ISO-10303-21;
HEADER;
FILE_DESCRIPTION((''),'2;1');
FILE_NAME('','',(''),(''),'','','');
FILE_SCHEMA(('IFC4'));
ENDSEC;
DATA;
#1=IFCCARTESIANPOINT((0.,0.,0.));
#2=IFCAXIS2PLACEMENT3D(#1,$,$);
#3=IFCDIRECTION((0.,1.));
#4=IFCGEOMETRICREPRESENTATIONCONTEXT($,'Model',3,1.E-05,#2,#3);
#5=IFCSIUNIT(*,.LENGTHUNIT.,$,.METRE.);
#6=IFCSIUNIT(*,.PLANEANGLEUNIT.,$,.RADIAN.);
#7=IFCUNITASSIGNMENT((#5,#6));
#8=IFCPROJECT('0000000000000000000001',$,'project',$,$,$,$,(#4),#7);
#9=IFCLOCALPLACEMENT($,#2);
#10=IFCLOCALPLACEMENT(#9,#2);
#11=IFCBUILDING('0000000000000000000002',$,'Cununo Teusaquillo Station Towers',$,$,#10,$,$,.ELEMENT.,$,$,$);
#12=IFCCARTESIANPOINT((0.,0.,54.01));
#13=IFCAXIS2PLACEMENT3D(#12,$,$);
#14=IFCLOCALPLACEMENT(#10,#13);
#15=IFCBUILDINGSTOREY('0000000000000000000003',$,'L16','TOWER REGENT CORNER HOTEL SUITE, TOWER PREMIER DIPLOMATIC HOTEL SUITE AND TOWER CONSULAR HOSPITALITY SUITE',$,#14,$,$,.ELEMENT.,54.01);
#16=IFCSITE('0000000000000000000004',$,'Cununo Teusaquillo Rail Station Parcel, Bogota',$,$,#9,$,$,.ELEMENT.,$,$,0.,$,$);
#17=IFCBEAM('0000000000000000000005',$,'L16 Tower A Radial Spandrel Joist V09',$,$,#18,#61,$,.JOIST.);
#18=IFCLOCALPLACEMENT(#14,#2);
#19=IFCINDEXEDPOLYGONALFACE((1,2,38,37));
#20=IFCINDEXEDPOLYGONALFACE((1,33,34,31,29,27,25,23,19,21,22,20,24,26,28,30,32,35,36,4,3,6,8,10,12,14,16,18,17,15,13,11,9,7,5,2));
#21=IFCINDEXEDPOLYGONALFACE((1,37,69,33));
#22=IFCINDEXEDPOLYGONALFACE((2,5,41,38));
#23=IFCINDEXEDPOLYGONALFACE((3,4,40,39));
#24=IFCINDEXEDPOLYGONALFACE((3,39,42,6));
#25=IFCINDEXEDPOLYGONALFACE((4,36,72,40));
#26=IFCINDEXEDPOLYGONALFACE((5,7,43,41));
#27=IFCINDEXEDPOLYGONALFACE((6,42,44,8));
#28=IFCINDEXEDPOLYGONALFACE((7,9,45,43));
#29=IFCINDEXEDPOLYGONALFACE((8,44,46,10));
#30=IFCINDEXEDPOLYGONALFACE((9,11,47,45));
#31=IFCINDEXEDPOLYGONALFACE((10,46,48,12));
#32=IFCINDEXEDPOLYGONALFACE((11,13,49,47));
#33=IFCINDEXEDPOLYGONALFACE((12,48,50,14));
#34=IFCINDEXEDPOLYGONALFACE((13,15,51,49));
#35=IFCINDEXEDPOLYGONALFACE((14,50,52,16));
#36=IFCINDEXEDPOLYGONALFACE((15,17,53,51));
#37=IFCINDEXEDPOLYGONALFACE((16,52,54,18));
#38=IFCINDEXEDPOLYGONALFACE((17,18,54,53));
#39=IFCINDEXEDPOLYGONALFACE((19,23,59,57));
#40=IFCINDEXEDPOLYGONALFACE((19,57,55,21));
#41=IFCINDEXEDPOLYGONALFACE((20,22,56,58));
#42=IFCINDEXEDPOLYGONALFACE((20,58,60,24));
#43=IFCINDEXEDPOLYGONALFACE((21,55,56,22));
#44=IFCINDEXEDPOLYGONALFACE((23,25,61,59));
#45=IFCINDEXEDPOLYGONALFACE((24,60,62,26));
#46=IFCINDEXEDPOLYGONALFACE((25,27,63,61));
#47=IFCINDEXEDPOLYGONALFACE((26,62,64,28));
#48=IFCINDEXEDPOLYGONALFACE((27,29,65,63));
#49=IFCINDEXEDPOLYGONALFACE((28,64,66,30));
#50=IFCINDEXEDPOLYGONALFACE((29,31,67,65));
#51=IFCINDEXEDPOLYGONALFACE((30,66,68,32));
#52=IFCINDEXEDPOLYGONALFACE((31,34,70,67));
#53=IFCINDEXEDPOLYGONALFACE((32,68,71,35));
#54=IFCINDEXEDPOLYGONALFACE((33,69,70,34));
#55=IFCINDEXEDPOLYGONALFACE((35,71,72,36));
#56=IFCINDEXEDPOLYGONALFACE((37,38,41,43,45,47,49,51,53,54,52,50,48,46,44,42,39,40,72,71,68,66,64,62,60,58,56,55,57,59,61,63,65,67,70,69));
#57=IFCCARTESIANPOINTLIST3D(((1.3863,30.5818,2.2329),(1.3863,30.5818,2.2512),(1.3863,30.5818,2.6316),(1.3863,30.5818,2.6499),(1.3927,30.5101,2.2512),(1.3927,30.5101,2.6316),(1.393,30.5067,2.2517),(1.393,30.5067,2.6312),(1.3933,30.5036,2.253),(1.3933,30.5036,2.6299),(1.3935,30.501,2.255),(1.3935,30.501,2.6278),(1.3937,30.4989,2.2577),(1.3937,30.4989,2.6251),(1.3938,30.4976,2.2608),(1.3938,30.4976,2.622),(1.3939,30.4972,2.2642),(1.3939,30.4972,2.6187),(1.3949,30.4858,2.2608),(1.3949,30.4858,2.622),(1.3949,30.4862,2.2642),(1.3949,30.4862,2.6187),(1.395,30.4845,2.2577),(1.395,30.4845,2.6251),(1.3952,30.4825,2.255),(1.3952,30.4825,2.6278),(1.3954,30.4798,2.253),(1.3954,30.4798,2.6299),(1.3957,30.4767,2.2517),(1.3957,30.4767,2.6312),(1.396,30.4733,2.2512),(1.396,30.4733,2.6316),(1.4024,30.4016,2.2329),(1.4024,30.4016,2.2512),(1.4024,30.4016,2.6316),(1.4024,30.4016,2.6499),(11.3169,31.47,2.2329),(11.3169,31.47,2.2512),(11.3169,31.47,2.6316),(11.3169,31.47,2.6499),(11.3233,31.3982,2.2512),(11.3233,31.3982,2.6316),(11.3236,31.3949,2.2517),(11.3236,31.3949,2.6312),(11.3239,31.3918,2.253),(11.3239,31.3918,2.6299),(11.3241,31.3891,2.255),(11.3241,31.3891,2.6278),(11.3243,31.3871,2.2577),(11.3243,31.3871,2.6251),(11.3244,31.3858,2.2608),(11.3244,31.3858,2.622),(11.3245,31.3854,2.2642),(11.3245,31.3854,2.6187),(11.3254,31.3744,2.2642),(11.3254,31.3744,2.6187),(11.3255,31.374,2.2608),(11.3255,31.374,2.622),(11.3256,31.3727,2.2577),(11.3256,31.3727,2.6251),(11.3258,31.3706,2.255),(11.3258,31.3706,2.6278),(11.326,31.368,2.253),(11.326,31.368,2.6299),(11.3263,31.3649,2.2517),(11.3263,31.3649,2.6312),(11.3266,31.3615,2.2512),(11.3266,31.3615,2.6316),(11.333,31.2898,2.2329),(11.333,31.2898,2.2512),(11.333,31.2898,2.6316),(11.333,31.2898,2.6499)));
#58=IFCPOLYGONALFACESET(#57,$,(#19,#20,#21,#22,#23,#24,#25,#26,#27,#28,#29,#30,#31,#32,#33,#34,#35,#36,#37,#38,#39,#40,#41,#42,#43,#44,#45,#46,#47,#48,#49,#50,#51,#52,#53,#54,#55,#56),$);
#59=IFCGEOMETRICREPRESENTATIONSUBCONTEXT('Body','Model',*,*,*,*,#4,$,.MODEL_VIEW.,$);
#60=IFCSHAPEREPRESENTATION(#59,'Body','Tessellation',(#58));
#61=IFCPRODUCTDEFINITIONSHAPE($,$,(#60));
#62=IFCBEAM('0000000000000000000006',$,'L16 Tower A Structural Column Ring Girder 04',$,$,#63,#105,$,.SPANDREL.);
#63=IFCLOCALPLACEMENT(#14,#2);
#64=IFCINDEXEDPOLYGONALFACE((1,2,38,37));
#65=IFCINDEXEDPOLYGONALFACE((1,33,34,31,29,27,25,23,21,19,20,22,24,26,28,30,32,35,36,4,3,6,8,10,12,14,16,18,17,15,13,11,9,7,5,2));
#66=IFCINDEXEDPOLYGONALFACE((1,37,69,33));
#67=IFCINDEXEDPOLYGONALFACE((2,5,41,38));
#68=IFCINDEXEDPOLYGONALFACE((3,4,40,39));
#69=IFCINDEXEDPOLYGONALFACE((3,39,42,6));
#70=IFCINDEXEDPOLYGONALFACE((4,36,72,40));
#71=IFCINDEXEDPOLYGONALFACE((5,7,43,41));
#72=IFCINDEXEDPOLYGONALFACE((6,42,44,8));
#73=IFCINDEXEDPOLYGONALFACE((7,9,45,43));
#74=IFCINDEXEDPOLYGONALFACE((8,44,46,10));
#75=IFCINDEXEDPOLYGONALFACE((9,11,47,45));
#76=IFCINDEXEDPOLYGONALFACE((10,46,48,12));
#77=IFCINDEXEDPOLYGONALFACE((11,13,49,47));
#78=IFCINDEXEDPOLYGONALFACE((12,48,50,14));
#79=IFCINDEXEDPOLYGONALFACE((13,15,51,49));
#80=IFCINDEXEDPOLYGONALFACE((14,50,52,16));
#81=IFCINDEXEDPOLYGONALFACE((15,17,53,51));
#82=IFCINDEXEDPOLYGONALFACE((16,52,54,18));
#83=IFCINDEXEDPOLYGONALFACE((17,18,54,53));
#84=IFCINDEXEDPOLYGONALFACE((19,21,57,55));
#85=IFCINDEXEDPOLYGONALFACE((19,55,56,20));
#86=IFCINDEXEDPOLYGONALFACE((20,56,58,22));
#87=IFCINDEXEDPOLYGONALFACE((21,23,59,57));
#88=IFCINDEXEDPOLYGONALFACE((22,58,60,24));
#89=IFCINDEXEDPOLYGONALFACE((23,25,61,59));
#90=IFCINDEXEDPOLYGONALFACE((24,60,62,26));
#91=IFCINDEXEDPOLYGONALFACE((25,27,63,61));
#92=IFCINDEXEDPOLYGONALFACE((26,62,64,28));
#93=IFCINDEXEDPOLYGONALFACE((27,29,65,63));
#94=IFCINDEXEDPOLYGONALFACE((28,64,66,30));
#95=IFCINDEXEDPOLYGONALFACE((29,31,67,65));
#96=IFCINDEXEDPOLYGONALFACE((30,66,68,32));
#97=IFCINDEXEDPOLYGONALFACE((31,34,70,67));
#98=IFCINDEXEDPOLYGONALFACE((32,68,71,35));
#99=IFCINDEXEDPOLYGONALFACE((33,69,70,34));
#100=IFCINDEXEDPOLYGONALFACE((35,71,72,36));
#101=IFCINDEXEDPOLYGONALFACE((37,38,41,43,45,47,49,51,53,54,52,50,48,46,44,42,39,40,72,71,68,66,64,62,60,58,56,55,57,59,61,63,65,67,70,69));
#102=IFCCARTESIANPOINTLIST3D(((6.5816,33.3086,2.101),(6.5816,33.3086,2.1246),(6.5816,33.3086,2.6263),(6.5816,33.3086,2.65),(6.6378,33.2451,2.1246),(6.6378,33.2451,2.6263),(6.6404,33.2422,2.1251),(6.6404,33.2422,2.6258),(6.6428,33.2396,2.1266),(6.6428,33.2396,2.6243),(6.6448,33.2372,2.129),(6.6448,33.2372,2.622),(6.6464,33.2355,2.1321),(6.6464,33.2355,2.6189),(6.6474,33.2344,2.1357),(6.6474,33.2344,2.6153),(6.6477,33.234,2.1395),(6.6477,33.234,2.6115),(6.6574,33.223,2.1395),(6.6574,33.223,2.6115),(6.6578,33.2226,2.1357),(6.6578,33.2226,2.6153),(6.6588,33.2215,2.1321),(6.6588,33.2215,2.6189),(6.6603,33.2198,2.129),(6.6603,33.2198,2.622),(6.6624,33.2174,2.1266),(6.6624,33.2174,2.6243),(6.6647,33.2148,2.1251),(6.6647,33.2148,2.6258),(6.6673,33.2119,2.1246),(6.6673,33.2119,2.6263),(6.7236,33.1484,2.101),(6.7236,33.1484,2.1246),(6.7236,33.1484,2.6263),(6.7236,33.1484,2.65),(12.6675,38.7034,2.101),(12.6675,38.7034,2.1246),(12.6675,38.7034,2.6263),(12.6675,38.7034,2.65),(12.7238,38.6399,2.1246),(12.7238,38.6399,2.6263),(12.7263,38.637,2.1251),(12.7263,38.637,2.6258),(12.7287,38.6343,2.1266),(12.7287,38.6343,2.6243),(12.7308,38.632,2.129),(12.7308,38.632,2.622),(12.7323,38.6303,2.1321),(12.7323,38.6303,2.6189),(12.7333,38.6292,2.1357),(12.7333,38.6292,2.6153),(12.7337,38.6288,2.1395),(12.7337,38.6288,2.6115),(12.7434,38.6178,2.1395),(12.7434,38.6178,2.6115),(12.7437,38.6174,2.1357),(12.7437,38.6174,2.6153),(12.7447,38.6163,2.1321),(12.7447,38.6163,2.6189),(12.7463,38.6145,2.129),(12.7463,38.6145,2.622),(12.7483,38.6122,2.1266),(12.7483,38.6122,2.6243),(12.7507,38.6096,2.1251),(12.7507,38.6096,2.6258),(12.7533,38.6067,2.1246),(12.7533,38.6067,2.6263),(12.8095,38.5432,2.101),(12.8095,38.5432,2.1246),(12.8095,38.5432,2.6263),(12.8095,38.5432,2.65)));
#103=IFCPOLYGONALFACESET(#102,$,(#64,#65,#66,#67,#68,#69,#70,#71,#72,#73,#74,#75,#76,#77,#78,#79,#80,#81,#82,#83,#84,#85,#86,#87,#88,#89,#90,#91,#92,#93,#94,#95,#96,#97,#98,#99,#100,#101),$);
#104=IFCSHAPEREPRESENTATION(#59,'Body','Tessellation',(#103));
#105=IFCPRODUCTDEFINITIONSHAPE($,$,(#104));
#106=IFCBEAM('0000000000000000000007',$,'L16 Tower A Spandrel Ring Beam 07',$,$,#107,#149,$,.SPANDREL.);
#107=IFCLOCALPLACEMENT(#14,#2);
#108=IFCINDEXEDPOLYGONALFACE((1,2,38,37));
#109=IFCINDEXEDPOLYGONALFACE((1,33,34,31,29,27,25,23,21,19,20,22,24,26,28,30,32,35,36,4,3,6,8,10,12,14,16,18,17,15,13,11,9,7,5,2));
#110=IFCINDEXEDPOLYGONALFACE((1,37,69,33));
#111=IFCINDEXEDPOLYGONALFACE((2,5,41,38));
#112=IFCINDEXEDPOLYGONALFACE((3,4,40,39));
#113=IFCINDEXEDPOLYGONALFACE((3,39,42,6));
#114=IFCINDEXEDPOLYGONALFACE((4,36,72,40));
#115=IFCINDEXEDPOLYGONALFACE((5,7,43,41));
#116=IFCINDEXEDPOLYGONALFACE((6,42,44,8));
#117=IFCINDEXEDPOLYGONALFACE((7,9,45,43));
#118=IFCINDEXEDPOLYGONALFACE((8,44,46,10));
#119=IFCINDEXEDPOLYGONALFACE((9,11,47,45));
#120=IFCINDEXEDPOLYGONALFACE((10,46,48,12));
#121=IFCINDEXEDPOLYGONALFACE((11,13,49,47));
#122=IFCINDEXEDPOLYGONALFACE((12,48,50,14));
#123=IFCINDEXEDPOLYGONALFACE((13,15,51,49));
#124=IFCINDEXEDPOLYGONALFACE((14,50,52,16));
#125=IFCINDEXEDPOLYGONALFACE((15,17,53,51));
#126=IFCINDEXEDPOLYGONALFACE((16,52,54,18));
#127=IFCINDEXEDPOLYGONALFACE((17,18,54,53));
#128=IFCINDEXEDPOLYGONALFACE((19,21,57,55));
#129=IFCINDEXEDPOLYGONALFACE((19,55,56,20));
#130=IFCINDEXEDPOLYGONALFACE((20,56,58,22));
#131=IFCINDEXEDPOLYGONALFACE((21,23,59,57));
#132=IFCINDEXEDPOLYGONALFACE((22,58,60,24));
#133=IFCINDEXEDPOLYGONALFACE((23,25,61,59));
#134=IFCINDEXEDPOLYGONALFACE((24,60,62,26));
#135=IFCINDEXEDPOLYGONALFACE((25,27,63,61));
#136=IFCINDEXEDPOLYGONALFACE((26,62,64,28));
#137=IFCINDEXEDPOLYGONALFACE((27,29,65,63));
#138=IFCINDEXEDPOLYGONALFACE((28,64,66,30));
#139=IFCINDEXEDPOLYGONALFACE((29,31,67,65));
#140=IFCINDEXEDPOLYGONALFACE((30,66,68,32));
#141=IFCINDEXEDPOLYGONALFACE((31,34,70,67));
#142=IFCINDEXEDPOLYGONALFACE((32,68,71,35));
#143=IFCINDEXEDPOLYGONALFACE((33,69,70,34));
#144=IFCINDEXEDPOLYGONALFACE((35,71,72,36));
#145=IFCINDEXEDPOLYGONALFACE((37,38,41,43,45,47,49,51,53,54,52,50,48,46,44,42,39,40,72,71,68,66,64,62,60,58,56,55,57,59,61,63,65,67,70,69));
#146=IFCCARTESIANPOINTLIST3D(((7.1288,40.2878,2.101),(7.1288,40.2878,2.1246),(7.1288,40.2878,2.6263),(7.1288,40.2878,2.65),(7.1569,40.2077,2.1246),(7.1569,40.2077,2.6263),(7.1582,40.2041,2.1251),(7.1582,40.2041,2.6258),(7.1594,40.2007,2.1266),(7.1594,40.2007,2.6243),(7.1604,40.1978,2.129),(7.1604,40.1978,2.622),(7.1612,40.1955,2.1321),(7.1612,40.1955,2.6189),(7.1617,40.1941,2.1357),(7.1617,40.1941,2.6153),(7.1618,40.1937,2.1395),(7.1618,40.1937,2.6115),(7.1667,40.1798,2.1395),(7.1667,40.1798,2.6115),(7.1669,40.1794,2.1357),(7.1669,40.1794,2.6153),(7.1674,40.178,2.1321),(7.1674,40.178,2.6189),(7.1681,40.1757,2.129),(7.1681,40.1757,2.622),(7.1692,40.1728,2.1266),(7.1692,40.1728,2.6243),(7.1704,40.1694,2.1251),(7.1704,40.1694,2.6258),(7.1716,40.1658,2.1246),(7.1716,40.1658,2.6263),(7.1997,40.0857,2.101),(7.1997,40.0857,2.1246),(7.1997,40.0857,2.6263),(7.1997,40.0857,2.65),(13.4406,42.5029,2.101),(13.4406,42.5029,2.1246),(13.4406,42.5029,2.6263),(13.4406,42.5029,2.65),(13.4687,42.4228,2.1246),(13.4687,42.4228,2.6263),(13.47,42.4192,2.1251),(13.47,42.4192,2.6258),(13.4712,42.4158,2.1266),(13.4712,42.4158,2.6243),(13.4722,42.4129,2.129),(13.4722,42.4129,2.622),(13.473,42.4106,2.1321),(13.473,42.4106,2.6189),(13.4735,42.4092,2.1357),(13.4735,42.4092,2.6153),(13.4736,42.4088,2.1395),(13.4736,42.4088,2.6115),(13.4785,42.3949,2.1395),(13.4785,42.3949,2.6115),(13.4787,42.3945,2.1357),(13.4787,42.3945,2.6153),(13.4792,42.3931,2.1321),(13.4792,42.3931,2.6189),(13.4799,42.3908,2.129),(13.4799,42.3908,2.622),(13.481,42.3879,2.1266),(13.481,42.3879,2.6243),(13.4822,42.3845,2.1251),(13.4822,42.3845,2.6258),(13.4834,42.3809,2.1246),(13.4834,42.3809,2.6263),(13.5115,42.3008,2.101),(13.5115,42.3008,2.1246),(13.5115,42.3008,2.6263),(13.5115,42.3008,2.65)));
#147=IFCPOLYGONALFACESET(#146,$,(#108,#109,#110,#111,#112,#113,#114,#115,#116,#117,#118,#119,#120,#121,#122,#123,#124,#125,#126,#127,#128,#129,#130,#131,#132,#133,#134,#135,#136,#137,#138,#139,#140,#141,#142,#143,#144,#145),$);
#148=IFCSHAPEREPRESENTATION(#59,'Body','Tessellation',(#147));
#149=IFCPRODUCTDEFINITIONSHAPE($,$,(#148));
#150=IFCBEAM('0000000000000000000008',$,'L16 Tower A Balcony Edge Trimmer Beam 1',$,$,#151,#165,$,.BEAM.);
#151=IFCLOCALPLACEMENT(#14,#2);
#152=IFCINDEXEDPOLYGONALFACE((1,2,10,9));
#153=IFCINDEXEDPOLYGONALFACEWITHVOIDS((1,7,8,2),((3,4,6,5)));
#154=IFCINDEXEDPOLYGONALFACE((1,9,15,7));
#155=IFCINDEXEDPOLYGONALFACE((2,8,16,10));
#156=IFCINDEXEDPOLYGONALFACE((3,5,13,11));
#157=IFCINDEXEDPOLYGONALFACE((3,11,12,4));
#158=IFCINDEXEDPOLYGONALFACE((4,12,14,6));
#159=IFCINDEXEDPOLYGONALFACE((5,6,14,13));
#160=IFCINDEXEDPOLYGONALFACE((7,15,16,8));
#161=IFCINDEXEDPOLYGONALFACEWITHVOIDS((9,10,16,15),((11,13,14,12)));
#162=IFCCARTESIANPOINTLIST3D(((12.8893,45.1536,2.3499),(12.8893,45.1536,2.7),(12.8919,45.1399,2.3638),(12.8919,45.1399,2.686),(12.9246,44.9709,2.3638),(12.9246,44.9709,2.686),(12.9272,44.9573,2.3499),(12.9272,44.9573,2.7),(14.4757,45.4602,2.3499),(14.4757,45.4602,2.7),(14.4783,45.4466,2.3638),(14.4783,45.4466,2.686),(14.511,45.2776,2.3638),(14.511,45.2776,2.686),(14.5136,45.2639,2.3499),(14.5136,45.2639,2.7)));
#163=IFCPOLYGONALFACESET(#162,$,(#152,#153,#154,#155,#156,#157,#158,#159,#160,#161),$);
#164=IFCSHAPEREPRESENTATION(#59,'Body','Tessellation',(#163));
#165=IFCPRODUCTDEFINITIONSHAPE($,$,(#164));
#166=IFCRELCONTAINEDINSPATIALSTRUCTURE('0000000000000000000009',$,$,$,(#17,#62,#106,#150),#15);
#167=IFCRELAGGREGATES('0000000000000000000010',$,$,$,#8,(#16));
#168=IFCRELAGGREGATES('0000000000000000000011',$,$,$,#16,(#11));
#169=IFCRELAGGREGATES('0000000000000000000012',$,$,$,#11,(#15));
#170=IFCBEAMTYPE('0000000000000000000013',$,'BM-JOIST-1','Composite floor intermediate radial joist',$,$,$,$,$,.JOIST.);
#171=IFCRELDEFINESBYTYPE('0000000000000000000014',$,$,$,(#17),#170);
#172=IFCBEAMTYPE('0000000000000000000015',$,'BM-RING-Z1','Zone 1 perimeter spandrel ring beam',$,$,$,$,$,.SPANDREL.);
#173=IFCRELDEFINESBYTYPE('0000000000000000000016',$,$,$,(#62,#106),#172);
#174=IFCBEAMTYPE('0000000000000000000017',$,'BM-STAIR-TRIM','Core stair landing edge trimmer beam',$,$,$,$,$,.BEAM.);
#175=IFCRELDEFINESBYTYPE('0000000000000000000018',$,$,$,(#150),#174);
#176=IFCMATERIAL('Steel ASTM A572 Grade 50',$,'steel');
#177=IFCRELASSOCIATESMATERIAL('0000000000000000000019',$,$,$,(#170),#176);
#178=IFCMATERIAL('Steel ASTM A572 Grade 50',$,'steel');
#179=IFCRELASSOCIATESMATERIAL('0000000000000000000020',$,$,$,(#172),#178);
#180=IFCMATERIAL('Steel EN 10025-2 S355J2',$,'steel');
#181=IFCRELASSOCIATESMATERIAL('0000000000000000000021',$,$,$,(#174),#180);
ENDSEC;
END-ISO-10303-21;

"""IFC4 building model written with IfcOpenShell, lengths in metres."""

from ifc_helpers import new_model, si_unit, direction, frame, origin, origin_2d, place, context, subcontext, project, spatial, hollow_rectangle, i_section, extrude, material, material_profile, profile_set, type_object, element, save


model = new_model("IFC4")

# Units and contexts
model_context = context("Model", 3, precision=1e-05, world=origin(), true_north=direction((0.0, 1.0)))
body_context = subcontext(model_context, "Body", "Model", "MODEL_VIEW")
ifc_project = project(units=[si_unit("LENGTHUNIT", "METRE"), si_unit("PLANEANGLEUNIT", "RADIAN")], contexts=[model_context])

# Site, building, storey
site_placement = place(None, origin())
site = spatial("IfcSite", under=ifc_project, at=site_placement, Name="Cununo Teusaquillo Rail Station Parcel, Bogota", CompositionType="ELEMENT", RefElevation=0.0)
building_placement = place(site_placement, origin())
building = spatial("IfcBuilding", under=site, at=building_placement, Name="Cununo Teusaquillo Station Towers", CompositionType="ELEMENT")
storey_placement = place(building_placement, frame((0.0, 0.0, 54.01)))
storey = spatial("IfcBuildingStorey", under=building, at=storey_placement, Name="L16", Description="TOWER REGENT CORNER HOTEL SUITE, TOWER PREMIER DIPLOMATIC HOTEL SUITE AND TOWER CONSULAR HOSPITALITY SUITE", CompositionType="ELEMENT", Elevation=54.01)

# Beams
ifc_material_1 = material(Name="Steel ASTM A572 Grade 50", Category="steel")
ifc_material_profile_1 = material_profile(ifc_material_1, i_section(OverallWidth=0.1809, OverallDepth=0.417, WebThickness=0.011, FlangeThickness=0.0183, FilletRadius=0.0129, at=origin_2d()), Name="W16X57")
ifc_profile_set_1 = profile_set([ifc_material_profile_1], Name="Steel ASTM A572 Grade 50")
beam_type_1 = type_object("IfcBeamType", Name="BM-JOIST-1", Description="Composite floor intermediate radial joist", PredefinedType="JOIST", material=ifc_profile_set_1)
beam_1_placement = place(storey_placement, frame((11.325, 31.3799, 2.4414), z_axis=(-0.996024, -0.089083, 0.0), x_axis=(0.089083, -0.996024, 0.0)))
element("IfcBeam", 1, at=beam_1_placement, inside=storey, type_object=beam_type_1, Name="L16 Tower A Radial Spandrel Joist V09", PredefinedType="JOIST", context=body_context, shape_type="SweptSolid", body=[
    extrude(i_section(OverallWidth=0.1809, OverallDepth=0.417, WebThickness=0.011, FlangeThickness=0.0183, FilletRadius=0.0129, at=origin_2d()), origin(), (0.0, 0.0, 1.0), 9.9702),
])
ifc_material_2 = material(Name="Steel ASTM A572 Grade 50", Category="steel")
ifc_material_profile_2 = material_profile(ifc_material_2, i_section(OverallWidth=0.2141, OverallDepth=0.5491, WebThickness=0.0146, FlangeThickness=0.0237, FilletRadius=0.0149, at=origin_2d()), Name="W21X93")
ifc_profile_set_2 = profile_set([ifc_material_profile_2], Name="Steel ASTM A572 Grade 50")
beam_type_2 = type_object("IfcBeamType", Name="BM-RING-Z1", Description="Zone 1 perimeter spandrel ring beam", PredefinedType="SPANDREL", material=ifc_profile_set_2)
beam_2_placement = place(storey_placement, frame((12.7385, 38.6233, 2.3755), z_axis=(-0.748321, -0.663337, 0.0), x_axis=(0.663337, -0.748321, 0.0)))
element("IfcBeam", 2, at=beam_2_placement, inside=storey, type_object=beam_type_2, Name="L16 Tower A Structural Column Ring Girder 04", PredefinedType="SPANDREL", context=body_context, shape_type="SweptSolid", body=[
    extrude(i_section(OverallWidth=0.2141, OverallDepth=0.5491, WebThickness=0.0146, FlangeThickness=0.0237, FilletRadius=0.0149, at=origin_2d()), origin(), (0.0, 0.0, 1.0), 8.1328),
])
beam_3_placement = place(storey_placement, frame((13.4761, 42.4019, 2.3755), z_axis=(-0.94358, -0.331145, 0.0), x_axis=(0.331145, -0.94358, 0.0)))
element("IfcBeam", 3, at=beam_3_placement, inside=storey, type_object=beam_type_2, Name="L16 Tower A Spandrel Ring Beam 07", PredefinedType="SPANDREL", context=body_context, shape_type="SweptSolid", body=[
    extrude(i_section(OverallWidth=0.2141, OverallDepth=0.5491, WebThickness=0.0146, FlangeThickness=0.0237, FilletRadius=0.0149, at=origin_2d()), origin(), (0.0, 0.0, 1.0), 6.6892),
])
ifc_material_3 = material(Name="Steel EN 10025-2 S355J2", Category="steel")
ifc_material_profile_3 = material_profile(ifc_material_3, hollow_rectangle(XDim=0.2, YDim=0.3501, WallThickness=0.0139, at=origin_2d()), Name="RHS 350x200x14")
ifc_profile_set_3 = profile_set([ifc_material_profile_3], Name="Steel EN 10025-2 S355J2")
beam_type_3 = type_object("IfcBeamType", Name="BM-STAIR-TRIM", Description="Core stair landing edge trimmer beam", PredefinedType="BEAM", material=ifc_profile_set_3)
beam_4_placement = place(storey_placement, frame((14.4946, 45.3621, 2.5249), z_axis=(-0.981827, -0.189778, 0.0), x_axis=(0.189778, -0.981827, 0.0)))
element("IfcBeam", 4, at=beam_4_placement, inside=storey, type_object=beam_type_3, Name="L16 Tower A Balcony Edge Trimmer Beam 1", PredefinedType="BEAM", context=body_context, shape_type="SweptSolid", body=[
    extrude(hollow_rectangle(XDim=0.2, YDim=0.3501, WallThickness=0.0139, at=origin_2d()), origin(), (0.0, 0.0, 1.0), 1.6157),
])

save(model, "model.ifc")
